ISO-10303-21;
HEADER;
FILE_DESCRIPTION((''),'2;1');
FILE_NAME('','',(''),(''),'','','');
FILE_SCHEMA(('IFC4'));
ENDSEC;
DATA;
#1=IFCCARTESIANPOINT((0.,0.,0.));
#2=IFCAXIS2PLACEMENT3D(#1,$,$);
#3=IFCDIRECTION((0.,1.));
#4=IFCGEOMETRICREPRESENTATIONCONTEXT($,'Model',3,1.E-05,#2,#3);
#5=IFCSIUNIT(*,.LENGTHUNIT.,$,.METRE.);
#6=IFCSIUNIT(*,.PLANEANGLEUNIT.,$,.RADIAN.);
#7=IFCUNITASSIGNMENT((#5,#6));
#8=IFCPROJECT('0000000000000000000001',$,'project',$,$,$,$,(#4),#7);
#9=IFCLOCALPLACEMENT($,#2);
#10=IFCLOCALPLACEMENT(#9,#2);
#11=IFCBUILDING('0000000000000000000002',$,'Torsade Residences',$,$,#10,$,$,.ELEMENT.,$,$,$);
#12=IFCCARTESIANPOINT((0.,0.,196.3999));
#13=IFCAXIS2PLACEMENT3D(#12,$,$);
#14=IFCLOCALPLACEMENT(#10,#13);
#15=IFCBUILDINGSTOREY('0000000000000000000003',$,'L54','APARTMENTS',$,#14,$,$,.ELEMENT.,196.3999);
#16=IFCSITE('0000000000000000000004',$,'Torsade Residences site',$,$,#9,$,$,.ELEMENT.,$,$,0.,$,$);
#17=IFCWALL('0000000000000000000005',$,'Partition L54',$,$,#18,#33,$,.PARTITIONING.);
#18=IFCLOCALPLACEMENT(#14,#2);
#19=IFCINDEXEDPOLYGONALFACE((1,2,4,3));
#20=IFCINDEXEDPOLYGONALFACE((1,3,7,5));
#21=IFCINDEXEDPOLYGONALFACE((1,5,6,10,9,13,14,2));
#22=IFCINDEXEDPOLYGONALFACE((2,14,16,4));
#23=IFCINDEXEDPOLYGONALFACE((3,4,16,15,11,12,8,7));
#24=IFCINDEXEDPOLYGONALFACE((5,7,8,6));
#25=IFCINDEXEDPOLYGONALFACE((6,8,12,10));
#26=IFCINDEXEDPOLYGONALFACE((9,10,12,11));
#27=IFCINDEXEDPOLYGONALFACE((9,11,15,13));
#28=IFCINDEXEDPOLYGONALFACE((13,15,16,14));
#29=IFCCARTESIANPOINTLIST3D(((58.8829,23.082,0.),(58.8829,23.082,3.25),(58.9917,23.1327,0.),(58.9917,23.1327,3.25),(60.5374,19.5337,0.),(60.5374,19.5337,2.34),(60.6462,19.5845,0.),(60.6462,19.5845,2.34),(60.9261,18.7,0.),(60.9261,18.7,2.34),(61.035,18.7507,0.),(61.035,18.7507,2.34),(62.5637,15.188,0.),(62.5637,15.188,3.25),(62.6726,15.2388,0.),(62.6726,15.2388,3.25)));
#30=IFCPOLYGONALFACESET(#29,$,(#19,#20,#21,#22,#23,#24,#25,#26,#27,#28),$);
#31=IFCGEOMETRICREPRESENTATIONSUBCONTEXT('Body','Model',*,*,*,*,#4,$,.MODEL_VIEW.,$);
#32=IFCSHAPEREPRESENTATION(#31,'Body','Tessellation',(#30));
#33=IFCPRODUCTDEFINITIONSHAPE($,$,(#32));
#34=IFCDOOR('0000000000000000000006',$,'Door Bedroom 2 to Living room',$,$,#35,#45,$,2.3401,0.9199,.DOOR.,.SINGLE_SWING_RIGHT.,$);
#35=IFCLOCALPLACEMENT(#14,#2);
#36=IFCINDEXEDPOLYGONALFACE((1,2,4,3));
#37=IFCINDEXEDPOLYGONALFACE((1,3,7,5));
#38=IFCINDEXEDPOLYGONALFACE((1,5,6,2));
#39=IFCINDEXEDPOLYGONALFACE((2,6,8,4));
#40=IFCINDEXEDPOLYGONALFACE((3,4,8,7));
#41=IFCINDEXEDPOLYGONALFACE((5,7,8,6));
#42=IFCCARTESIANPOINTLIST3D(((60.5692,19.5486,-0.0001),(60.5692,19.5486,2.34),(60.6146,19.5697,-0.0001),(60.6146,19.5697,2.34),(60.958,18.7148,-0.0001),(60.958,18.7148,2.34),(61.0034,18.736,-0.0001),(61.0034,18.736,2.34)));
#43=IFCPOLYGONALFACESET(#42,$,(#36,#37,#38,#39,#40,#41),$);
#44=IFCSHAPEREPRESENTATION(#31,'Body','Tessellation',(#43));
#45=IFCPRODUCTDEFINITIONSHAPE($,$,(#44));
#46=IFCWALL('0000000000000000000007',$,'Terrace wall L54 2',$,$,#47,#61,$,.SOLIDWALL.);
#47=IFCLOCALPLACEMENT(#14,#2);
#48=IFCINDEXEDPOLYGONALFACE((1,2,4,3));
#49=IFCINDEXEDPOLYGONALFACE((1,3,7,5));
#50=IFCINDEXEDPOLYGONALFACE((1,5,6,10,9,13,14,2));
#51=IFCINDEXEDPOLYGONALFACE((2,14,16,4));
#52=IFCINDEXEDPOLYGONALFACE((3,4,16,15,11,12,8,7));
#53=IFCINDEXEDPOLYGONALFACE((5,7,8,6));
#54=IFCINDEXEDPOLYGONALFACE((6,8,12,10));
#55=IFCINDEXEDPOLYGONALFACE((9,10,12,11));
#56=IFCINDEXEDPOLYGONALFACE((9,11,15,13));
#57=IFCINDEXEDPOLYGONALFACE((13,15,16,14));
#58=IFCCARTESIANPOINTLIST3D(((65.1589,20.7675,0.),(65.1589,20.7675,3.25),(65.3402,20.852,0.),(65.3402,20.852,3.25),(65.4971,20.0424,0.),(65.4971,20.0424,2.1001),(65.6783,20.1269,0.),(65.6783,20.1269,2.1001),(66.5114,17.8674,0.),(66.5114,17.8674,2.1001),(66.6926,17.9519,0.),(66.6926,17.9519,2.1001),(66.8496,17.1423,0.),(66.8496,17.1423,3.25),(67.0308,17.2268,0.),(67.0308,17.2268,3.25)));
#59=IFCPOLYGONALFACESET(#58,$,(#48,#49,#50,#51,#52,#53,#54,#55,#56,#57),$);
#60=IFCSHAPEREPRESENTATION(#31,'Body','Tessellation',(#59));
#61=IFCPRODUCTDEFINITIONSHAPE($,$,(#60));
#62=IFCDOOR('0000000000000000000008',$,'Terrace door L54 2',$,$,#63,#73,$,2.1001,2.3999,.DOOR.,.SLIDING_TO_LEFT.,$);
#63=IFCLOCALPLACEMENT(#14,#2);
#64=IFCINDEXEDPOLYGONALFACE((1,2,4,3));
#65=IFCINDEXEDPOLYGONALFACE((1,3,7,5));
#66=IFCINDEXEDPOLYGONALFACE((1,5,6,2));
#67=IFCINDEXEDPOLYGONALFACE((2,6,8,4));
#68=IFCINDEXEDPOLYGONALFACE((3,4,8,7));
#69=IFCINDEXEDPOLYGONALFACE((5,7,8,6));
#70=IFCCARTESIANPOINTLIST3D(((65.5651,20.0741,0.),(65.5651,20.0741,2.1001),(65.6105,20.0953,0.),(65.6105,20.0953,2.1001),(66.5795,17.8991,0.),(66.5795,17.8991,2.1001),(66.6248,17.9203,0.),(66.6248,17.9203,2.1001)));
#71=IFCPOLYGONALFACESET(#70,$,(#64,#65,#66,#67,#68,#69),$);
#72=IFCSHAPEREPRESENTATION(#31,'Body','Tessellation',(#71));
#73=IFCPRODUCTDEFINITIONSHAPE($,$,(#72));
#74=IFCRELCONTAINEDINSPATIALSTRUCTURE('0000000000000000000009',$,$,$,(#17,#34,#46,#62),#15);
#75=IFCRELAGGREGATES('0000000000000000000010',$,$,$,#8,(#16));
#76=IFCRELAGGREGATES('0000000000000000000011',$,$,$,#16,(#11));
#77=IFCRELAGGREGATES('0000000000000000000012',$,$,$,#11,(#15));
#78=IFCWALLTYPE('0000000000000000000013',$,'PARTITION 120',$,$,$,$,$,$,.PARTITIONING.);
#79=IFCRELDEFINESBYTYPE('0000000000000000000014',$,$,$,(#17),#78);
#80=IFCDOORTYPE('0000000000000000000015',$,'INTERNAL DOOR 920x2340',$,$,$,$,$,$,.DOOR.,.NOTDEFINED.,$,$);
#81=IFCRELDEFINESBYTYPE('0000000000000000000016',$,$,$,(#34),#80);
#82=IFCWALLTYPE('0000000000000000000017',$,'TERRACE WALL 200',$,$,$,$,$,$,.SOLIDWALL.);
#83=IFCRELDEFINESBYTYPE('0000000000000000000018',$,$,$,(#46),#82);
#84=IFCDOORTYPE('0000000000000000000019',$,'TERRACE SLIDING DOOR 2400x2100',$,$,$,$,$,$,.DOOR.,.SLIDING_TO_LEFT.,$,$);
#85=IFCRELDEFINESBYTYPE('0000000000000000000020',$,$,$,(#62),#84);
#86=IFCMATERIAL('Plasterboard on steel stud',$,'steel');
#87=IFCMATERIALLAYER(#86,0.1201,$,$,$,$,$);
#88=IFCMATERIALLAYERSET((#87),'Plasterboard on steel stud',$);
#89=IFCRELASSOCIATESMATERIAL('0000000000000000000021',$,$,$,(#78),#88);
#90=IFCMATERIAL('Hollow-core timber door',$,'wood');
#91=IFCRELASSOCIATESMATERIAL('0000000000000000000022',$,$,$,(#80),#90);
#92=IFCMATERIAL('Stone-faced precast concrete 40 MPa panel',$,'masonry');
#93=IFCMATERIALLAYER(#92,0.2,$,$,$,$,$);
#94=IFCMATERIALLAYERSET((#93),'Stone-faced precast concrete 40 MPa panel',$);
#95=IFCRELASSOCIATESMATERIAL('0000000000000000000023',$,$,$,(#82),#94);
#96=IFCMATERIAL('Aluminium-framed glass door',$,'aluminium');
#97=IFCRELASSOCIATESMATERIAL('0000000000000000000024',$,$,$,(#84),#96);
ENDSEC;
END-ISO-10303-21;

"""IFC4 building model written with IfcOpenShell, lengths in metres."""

from ifc_helpers import new_model, si_unit, direction, frame, frame_2d, origin, place, context, subcontext, project, spatial, rectangle, extrude, material, layer, layer_set, type_object, element, fill, save


model = new_model("IFC4")

# Units and contexts
model_context = context("Model", 3, precision=1e-05, world=origin(), true_north=direction((0.0, 1.0)))
body_context = subcontext(model_context, "Body", "Model", "MODEL_VIEW")
ifc_project = project(units=[si_unit("LENGTHUNIT", "METRE"), si_unit("PLANEANGLEUNIT", "RADIAN")], contexts=[model_context])

# Site, building, storey
site_placement = place(None, origin())
site = spatial("IfcSite", under=ifc_project, at=site_placement, Name="Torsade Residences site", CompositionType="ELEMENT", RefElevation=0.0)
building_placement = place(site_placement, origin())
building = spatial("IfcBuilding", under=site, at=building_placement, Name="Torsade Residences", CompositionType="ELEMENT")
storey_placement = place(building_placement, frame((0.0, 0.0, 196.3999)))
storey = spatial("IfcBuildingStorey", under=building, at=storey_placement, Name="L54", Description="APARTMENTS", CompositionType="ELEMENT", Elevation=196.3999)

# Walls, openings, doors
ifc_material_1 = material(Name="Plasterboard on steel stud", Category="steel")
ifc_layer_1 = layer(ifc_material_1, 0.1201)
ifc_layer_set_1 = layer_set([ifc_layer_1], Name="Plasterboard on steel stud")
wall_type_1 = type_object("IfcWallType", Name="PARTITION 120", PredefinedType="PARTITIONING", material=ifc_layer_set_1)
wall_1_placement = place(storey_placement, frame((62.6182, 15.2134, 0.0), z_axis=(0.0, 0.0, 1.0), x_axis=(-0.422605, 0.906314, 0.0)))
wall_1 = element("IfcWall", 1, at=wall_1_placement, inside=storey, type_object=wall_type_1, Name="Partition L54", PredefinedType="PARTITIONING", context=body_context, shape_type="SweptSolid", body=[
    extrude(rectangle(XDim=8.71, YDim=0.1201, at=frame_2d((4.355, 0.0))), origin(), (0.0, 0.0, 1.0), 3.25),
])
opening_1_placement = place(wall_1_placement, frame((3.875, 0.0, 0.0)))
opening_1 = element("IfcOpeningElement", 2, at=opening_1_placement, cuts=wall_1, PredefinedType="OPENING", context=body_context, shape_type="SweptSolid", body=[
    extrude(rectangle(XDim=0.9199, YDim=2.3401, at=frame_2d((0.46, 1.1699))), frame((0.0, 0.0701, 0.0), z_axis=(0.0, -1.0, 0.0), x_axis=(1.0, 0.0, 0.0)), (0.0, 0.0, 1.0), 0.1401),
])
ifc_material_2 = material(Name="Hollow-core timber door", Category="wood")
door_type_1 = type_object("IfcDoorType", Name="INTERNAL DOOR 920x2340", OperationType="NOTDEFINED", PredefinedType="DOOR", material=ifc_material_2)
door_1_placement = place(opening_1_placement, origin())
door_1 = element("IfcDoor", 3, at=door_1_placement, inside=storey, type_object=door_type_1, Name="Door Bedroom 2 to Living room", OperationType="SINGLE_SWING_RIGHT", OverallHeight=2.3401, OverallWidth=0.9199, PredefinedType="DOOR", context=body_context, shape_type="SweptSolid", body=[
    extrude(rectangle(XDim=0.9199, YDim=2.3401, at=frame_2d((0.46, 1.1699))), frame((0.0, 0.0249, 0.0), z_axis=(0.0, -1.0, 0.0), x_axis=(1.0, 0.0, 0.0)), (0.0, 0.0, 1.0), 0.05),
])
fill(opening_1, door_1)
ifc_material_3 = material(Name="Stone-faced precast concrete 40 MPa panel", Category="masonry")
ifc_layer_2 = layer(ifc_material_3, 0.2)
ifc_layer_set_2 = layer_set([ifc_layer_2], Name="Stone-faced precast concrete 40 MPa panel")
wall_type_2 = type_object("IfcWallType", Name="TERRACE WALL 200", PredefinedType="SOLIDWALL", material=ifc_layer_set_2)
wall_2_placement = place(storey_placement, frame((66.9402, 17.1846, 0.0), z_axis=(0.0, 0.0, 1.0), x_axis=(-0.422658, 0.906289, 0.0)))
wall_2 = element("IfcWall", 4, at=wall_2_placement, inside=storey, type_object=wall_type_2, Name="Terrace wall L54 2", PredefinedType="SOLIDWALL", context=body_context, shape_type="SweptSolid", body=[
    extrude(rectangle(XDim=4.0, YDim=0.2, at=frame_2d((2.0, 0.0))), origin(), (0.0, 0.0, 1.0), 3.25),
])
opening_2_placement = place(wall_2_placement, frame((0.8, 0.0, 0.0)))
opening_2 = element("IfcOpeningElement", 5, at=opening_2_placement, cuts=wall_2, PredefinedType="OPENING", context=body_context, shape_type="SweptSolid", body=[
    extrude(rectangle(XDim=2.3999, YDim=2.1001, at=frame_2d((1.2, 1.05))), frame((0.0, 0.1099, 0.0), z_axis=(0.0, -1.0, 0.0), x_axis=(1.0, 0.0, 0.0)), (0.0, 0.0, 1.0), 0.22),
])
ifc_material_4 = material(Name="Aluminium-framed glass door", Category="aluminium")
door_type_2 = type_object("IfcDoorType", Name="TERRACE SLIDING DOOR 2400x2100", OperationType="SLIDING_TO_LEFT", PredefinedType="DOOR", material=ifc_material_4)
door_2_placement = place(opening_2_placement, origin())
door_2 = element("IfcDoor", 6, at=door_2_placement, inside=storey, type_object=door_type_2, Name="Terrace door L54 2", OperationType="SLIDING_TO_LEFT", OverallHeight=2.1001, OverallWidth=2.3999, PredefinedType="DOOR", context=body_context, shape_type="SweptSolid", body=[
    extrude(rectangle(XDim=2.3999, YDim=2.1001, at=frame_2d((1.2, 1.05))), frame((0.0, 0.0249, 0.0), z_axis=(0.0, -1.0, 0.0), x_axis=(1.0, 0.0, 0.0)), (0.0, 0.0, 1.0), 0.05),
])
fill(opening_2, door_2)

save(model, "model.ifc")
